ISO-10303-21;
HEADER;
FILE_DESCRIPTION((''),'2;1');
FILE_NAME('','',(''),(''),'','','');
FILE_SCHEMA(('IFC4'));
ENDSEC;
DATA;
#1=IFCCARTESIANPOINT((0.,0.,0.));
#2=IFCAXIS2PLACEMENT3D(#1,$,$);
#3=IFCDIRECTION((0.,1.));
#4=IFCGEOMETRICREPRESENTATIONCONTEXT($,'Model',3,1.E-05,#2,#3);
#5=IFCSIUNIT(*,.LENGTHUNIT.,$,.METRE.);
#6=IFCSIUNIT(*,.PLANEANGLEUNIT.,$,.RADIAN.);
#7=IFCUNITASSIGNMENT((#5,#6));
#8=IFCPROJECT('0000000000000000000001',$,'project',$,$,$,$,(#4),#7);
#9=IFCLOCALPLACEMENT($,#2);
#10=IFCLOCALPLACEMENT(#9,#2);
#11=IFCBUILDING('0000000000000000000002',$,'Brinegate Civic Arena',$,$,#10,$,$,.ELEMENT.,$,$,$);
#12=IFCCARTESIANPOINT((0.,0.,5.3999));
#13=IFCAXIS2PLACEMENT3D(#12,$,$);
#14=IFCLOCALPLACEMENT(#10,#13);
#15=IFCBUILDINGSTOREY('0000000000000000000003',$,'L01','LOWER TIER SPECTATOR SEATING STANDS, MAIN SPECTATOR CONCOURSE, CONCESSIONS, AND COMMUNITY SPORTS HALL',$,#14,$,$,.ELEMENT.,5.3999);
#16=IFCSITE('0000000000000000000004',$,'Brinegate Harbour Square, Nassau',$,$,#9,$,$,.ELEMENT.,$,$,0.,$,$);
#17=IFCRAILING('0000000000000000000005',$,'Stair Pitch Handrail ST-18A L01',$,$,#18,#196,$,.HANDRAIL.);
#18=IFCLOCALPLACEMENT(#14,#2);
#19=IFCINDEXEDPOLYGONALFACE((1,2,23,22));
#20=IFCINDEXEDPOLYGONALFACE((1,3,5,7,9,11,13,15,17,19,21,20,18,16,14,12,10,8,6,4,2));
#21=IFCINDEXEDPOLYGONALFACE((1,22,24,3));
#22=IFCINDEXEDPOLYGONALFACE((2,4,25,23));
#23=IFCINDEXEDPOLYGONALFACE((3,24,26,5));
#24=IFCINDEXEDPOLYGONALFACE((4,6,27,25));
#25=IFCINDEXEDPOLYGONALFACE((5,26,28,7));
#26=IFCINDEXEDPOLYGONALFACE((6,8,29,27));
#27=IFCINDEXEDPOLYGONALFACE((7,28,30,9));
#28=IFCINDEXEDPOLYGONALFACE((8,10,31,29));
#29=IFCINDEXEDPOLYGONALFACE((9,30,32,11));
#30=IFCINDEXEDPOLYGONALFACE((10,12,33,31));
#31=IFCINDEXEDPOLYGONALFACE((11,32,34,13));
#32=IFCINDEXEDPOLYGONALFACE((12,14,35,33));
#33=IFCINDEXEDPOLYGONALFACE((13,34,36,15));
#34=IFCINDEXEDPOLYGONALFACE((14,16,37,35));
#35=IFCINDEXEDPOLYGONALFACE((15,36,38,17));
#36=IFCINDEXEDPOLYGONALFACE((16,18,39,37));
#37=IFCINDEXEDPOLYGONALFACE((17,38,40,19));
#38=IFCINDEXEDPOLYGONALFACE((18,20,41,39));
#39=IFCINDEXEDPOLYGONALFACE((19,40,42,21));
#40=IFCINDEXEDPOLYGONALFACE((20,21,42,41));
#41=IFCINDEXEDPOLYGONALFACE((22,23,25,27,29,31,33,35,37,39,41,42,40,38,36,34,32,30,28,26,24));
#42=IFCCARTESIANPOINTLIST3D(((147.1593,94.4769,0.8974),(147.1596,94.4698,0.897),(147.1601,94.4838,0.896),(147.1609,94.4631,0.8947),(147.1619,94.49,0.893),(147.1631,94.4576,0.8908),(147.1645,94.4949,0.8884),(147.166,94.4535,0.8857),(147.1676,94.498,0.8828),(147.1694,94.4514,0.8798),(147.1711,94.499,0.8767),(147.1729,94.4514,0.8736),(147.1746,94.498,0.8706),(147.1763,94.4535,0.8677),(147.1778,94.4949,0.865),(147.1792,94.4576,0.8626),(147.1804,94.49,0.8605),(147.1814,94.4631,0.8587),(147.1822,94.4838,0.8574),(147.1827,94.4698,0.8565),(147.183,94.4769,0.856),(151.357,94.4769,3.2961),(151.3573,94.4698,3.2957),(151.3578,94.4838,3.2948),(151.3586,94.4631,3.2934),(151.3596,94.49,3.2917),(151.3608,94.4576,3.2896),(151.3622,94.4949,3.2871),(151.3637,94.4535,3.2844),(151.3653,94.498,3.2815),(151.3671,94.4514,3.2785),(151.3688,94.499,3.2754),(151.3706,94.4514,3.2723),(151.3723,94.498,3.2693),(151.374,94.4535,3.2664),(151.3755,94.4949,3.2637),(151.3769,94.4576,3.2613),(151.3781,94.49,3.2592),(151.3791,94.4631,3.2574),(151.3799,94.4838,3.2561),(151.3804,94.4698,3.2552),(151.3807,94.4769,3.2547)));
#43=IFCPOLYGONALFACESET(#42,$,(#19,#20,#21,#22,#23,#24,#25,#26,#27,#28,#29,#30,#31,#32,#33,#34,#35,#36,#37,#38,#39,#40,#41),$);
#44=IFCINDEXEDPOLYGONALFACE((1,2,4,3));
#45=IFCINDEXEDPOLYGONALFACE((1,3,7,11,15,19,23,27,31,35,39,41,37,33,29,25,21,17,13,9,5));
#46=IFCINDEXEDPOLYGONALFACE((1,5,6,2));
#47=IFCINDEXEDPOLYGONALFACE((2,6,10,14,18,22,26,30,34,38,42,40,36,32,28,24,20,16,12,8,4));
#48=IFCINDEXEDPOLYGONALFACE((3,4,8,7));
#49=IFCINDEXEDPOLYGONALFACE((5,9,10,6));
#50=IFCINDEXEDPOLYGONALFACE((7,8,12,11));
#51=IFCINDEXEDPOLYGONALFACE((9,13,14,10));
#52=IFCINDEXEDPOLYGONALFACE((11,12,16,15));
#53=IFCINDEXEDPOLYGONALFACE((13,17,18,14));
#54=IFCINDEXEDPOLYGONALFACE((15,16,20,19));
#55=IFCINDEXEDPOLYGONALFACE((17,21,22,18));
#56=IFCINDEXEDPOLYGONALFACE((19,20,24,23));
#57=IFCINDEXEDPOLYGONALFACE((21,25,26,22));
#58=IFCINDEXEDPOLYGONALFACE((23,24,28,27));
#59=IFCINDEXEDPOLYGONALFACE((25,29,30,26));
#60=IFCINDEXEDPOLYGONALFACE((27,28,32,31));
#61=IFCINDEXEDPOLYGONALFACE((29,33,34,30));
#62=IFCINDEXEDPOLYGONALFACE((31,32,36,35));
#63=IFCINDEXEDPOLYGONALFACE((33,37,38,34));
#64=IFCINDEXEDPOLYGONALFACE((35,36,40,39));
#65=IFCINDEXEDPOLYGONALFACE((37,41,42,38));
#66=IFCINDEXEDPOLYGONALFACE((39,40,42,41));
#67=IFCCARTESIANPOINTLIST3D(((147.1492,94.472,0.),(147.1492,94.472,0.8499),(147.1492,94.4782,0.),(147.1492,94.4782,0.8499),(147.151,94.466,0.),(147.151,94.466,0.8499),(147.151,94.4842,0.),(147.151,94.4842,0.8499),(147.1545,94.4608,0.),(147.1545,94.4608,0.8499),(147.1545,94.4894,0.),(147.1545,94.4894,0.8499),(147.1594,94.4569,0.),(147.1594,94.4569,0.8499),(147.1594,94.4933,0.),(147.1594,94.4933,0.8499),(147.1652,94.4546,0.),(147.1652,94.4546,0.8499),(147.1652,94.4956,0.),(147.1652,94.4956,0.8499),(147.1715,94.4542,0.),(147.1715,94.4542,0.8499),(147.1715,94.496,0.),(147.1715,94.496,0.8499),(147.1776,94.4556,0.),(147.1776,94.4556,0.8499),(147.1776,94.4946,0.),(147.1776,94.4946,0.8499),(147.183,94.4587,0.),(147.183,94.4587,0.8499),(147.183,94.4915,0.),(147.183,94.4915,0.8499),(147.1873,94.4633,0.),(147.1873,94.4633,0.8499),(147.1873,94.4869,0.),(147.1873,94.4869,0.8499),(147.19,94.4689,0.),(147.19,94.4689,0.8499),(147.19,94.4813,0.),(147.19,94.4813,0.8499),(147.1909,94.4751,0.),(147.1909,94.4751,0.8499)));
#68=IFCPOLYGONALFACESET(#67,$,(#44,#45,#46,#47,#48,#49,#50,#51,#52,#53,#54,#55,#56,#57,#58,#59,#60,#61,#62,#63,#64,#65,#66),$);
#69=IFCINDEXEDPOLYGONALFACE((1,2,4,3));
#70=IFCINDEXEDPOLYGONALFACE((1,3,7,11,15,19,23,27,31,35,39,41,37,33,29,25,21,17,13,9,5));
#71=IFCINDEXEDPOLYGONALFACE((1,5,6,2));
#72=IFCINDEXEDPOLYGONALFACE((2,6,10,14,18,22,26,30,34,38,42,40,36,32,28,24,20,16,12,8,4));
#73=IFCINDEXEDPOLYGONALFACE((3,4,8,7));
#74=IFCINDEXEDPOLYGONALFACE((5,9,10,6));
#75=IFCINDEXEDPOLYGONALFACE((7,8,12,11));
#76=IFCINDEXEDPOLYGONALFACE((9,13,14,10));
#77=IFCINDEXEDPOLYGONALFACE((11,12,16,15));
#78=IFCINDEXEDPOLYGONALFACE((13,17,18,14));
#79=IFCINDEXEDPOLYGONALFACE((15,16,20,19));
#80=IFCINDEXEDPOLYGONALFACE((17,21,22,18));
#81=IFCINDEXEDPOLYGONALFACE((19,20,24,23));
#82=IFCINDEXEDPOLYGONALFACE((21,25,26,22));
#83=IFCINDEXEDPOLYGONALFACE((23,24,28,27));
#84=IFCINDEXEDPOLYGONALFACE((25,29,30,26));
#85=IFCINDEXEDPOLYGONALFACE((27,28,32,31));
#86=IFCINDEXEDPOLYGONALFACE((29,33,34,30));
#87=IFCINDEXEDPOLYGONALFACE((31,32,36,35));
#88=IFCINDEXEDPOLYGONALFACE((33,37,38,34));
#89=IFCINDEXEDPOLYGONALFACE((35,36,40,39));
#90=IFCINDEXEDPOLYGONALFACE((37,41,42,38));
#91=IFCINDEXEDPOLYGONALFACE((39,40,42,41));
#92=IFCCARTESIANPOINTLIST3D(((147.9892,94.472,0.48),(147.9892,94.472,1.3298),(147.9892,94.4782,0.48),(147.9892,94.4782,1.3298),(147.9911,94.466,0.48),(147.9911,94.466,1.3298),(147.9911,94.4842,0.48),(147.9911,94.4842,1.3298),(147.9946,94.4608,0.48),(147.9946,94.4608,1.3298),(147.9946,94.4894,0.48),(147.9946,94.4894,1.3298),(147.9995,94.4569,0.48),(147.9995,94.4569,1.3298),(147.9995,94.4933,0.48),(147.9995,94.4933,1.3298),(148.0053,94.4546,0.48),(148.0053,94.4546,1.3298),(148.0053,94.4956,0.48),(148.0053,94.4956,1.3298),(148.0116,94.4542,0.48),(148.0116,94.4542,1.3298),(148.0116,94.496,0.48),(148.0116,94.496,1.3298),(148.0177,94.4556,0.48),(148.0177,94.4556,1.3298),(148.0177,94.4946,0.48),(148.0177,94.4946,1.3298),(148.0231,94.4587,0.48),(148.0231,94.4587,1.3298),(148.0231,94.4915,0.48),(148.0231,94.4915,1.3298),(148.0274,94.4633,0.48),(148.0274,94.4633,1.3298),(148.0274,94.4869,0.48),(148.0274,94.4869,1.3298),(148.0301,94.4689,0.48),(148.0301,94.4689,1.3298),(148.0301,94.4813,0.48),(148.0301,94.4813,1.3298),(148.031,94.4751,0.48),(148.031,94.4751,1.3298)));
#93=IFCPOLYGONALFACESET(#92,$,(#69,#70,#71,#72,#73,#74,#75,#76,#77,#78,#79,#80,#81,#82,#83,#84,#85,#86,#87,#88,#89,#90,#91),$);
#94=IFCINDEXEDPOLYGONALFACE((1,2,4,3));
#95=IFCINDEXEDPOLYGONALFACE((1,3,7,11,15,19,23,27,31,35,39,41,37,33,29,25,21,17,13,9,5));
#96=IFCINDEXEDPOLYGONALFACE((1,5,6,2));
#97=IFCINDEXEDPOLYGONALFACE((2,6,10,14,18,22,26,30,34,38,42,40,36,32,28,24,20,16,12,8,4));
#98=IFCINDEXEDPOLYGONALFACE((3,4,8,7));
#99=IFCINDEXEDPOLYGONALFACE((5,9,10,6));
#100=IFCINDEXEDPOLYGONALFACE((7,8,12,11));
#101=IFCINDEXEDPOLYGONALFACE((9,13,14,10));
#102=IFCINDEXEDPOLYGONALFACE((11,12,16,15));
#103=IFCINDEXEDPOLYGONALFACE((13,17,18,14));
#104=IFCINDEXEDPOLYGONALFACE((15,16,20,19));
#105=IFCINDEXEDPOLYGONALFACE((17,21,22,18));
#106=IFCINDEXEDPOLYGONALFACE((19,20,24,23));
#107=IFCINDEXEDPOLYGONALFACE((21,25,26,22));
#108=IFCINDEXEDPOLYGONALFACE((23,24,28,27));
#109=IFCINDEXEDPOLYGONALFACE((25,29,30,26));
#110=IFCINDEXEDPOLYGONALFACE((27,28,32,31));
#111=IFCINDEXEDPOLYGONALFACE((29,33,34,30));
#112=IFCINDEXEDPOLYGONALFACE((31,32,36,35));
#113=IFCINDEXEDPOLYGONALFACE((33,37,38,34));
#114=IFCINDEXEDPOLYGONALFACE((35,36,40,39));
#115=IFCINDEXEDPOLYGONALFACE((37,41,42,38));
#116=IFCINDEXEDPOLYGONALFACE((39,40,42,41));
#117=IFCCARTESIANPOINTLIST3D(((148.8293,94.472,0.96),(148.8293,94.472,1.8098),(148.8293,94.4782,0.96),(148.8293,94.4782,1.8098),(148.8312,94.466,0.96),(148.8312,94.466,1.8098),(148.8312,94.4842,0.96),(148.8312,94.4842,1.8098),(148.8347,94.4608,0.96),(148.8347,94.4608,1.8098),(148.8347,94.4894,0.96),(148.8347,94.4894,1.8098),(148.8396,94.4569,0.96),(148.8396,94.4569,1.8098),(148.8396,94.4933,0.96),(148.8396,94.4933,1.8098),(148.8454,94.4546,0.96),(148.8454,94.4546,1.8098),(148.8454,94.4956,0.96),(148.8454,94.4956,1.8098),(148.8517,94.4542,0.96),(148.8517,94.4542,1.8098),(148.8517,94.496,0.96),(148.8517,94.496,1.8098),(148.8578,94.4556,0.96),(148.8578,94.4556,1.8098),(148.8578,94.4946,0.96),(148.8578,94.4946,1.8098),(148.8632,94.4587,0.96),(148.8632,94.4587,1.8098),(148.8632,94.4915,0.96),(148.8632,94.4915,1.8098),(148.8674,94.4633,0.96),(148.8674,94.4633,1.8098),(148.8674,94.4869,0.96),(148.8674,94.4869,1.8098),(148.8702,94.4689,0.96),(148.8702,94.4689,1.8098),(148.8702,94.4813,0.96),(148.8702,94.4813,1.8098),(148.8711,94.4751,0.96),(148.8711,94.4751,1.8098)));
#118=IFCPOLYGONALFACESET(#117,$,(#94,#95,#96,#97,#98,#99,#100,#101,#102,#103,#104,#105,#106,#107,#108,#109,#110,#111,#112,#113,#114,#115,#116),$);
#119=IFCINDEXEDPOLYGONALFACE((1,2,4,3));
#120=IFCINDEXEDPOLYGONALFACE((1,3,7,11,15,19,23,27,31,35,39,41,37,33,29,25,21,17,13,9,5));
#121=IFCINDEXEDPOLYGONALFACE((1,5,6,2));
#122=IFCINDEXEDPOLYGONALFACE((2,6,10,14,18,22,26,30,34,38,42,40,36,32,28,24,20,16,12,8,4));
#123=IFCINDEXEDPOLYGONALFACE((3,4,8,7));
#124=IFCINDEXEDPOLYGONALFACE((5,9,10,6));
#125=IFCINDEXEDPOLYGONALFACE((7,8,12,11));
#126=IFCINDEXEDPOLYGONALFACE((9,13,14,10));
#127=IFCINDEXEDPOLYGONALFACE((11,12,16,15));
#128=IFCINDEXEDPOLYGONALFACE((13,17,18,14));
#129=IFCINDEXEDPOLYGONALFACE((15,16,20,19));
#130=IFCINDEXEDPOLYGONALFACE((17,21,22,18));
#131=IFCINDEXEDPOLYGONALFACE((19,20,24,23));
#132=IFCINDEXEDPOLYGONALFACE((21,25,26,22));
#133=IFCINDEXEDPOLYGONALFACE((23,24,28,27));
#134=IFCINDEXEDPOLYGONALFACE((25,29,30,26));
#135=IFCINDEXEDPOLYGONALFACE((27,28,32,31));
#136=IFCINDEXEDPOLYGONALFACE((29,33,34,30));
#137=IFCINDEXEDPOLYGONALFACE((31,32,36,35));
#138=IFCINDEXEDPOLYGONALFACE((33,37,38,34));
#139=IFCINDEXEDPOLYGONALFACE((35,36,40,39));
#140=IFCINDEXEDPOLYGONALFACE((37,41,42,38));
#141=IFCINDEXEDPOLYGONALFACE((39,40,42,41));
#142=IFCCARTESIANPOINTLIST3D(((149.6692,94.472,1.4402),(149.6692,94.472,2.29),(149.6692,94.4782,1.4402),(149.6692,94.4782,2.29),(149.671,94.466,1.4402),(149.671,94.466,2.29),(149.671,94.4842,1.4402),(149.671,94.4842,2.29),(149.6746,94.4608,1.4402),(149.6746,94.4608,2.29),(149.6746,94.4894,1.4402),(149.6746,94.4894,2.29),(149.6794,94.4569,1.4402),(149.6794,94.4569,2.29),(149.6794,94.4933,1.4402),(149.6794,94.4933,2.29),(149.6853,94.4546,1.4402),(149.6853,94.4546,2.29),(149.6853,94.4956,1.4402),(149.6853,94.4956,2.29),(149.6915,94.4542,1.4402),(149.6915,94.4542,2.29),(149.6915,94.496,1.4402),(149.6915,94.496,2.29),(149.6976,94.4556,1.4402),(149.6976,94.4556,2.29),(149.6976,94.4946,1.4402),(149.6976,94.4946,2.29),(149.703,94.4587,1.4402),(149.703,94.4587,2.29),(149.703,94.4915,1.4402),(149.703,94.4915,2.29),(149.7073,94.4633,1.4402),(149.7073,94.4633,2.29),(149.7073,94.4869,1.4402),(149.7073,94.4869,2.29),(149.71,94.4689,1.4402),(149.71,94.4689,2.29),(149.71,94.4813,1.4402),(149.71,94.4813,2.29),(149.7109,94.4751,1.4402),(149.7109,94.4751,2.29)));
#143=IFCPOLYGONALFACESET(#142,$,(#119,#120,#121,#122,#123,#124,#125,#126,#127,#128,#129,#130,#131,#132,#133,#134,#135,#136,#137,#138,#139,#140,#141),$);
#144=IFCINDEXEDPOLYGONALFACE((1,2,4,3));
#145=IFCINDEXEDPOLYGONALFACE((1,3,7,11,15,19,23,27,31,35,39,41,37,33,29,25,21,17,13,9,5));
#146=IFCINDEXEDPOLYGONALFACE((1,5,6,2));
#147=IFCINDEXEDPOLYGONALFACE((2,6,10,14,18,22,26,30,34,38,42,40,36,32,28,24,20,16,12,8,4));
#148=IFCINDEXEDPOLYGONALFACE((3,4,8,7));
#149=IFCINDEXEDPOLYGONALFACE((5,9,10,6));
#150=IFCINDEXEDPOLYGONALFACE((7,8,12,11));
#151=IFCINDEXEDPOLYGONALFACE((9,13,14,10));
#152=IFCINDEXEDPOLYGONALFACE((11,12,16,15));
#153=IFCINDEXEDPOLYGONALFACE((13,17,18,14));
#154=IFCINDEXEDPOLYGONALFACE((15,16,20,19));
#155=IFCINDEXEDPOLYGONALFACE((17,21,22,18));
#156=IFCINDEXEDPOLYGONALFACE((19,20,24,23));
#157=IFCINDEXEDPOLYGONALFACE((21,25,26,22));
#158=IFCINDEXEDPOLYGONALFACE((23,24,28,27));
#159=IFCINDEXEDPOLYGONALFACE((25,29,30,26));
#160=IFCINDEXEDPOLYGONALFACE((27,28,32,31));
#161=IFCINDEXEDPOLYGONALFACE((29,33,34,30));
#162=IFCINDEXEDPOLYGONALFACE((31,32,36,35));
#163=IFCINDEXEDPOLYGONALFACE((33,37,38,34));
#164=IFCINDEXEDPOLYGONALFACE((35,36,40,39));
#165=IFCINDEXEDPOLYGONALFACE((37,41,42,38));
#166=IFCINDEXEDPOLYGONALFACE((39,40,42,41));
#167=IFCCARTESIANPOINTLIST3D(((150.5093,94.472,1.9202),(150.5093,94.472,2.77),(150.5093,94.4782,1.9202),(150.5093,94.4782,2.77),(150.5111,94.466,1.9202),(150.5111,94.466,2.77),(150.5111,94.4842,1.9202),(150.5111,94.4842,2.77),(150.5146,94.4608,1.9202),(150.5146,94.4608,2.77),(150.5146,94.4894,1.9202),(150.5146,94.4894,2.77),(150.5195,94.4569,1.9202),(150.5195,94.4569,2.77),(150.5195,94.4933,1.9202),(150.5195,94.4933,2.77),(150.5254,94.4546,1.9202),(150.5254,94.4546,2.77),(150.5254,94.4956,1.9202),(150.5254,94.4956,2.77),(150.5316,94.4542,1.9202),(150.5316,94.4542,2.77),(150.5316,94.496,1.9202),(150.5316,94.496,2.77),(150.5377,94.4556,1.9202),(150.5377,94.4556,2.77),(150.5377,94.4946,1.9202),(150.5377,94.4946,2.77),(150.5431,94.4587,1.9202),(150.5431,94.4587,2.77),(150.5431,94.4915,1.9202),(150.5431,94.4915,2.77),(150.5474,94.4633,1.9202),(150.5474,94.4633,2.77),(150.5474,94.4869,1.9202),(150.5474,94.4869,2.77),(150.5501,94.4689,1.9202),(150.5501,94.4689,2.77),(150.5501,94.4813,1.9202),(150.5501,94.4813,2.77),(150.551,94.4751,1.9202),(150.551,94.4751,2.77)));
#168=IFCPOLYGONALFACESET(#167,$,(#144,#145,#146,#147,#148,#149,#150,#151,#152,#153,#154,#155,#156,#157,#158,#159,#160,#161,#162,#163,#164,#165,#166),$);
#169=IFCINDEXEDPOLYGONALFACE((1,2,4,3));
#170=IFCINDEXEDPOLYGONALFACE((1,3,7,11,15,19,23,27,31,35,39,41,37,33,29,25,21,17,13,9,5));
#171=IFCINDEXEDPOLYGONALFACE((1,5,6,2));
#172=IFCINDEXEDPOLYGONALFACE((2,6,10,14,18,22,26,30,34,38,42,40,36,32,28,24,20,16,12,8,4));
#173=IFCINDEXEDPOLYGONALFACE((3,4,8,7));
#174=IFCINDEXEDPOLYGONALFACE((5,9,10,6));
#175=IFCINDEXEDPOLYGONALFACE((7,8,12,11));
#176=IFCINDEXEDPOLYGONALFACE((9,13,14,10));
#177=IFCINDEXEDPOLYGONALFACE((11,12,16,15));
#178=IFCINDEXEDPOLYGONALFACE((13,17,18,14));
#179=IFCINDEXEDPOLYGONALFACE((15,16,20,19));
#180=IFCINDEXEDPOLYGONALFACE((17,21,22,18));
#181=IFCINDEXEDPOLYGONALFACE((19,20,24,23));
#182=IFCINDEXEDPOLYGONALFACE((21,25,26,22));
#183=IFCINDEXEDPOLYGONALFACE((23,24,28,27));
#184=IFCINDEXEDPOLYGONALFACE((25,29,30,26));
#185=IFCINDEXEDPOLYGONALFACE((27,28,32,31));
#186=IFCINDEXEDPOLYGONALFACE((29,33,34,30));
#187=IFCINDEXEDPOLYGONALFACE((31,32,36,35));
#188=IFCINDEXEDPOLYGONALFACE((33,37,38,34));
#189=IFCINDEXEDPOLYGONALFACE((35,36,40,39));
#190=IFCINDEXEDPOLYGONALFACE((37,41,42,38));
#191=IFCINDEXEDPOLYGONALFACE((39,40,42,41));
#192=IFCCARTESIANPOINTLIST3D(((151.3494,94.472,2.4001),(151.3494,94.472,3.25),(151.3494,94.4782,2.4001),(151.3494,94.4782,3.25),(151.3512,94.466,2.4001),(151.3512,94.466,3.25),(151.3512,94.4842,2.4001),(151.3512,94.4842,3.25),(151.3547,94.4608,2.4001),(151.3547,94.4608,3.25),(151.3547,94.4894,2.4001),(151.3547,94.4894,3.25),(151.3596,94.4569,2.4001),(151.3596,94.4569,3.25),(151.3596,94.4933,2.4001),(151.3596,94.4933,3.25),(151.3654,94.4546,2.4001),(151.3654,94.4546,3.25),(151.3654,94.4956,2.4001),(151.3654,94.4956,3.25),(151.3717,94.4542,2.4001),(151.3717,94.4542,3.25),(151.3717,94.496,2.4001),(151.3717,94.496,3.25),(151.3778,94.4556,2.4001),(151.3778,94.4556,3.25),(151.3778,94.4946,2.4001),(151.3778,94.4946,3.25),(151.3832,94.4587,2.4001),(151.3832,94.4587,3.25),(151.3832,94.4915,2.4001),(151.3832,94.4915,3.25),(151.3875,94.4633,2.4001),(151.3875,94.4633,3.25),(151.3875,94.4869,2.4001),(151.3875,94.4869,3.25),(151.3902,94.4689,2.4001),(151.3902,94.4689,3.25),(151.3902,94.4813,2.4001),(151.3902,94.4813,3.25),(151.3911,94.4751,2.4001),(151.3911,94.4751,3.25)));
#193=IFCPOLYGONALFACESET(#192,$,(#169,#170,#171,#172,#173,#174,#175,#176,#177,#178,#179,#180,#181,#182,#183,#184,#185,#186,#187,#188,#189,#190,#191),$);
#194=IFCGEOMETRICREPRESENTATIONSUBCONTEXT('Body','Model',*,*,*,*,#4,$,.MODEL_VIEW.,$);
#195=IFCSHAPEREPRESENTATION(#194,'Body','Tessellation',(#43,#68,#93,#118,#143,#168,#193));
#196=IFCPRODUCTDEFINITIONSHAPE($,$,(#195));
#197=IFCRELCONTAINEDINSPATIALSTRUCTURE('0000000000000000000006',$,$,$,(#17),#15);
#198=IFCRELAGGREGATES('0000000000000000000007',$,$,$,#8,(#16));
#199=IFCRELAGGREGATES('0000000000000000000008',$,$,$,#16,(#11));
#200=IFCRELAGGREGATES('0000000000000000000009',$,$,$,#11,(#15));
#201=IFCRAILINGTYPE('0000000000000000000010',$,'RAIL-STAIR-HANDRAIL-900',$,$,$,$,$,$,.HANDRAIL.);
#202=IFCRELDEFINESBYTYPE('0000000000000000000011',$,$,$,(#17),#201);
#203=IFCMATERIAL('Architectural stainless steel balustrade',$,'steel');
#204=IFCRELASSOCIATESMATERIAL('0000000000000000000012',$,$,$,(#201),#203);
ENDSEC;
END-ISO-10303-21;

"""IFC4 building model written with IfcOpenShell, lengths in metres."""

from ifc_helpers import new_model, si_unit, direction, frame, origin, origin_2d, place, context, subcontext, project, spatial, circle, extrude, material, type_object, element, save


model = new_model("IFC4")

# Units and contexts
model_context = context("Model", 3, precision=1e-05, world=origin(), true_north=direction((0.0, 1.0)))
body_context = subcontext(model_context, "Body", "Model", "MODEL_VIEW")
ifc_project = project(units=[si_unit("LENGTHUNIT", "METRE"), si_unit("PLANEANGLEUNIT", "RADIAN")], contexts=[model_context])

# Site, building, storey
site_placement = place(None, origin())
site = spatial("IfcSite", under=ifc_project, at=site_placement, Name="Brinegate Harbour Square, Nassau", CompositionType="ELEMENT", RefElevation=0.0)
building_placement = place(site_placement, origin())
building = spatial("IfcBuilding", under=site, at=building_placement, Name="Brinegate Civic Arena", CompositionType="ELEMENT")
storey_placement = place(building_placement, frame((0.0, 0.0, 5.3999)))
storey = spatial("IfcBuildingStorey", under=building, at=storey_placement, Name="L01", Description="LOWER TIER SPECTATOR SEATING STANDS, MAIN SPECTATOR CONCOURSE, CONCESSIONS, AND COMMUNITY SPORTS HALL", CompositionType="ELEMENT", Elevation=5.3999)

# Railing
ifc_material_1 = material(Name="Architectural stainless steel balustrade", Category="steel")
railing_type_1 = type_object("IfcRailingType", Name="RAIL-STAIR-HANDRAIL-900", PredefinedType="HANDRAIL", material=ifc_material_1)
for number, where, name in (
    (1, (147.1699, 94.4751, 0.0), "Stair Pitch Handrail ST-18A L01"),
):
    element("IfcRailing", number, at=place(storey_placement, frame(where)), inside=storey, type_object=railing_type_1, Name=name, PredefinedType="HANDRAIL", context=body_context, shape_type="SweptSolid", body=[
        extrude(circle(Radius=0.0239, at=origin_2d()), frame((0.0012, 0.0, 0.8767), z_axis=(0.86824, 0.0, 0.496144), x_axis=(0.0, 1.0, 0.0)), (0.0, 0.0, 1.0), 4.8347),
        extrude(circle(Radius=0.021, at=origin_2d()), origin(), (0.0, 0.0, 1.0), 0.8499),
        extrude(circle(Radius=0.021, at=origin_2d()), frame((0.8401, 0.0, 0.48)), (0.0, 0.0, 1.0), 0.8499),
        extrude(circle(Radius=0.021, at=origin_2d()), frame((1.6802, 0.0, 0.96)), (0.0, 0.0, 1.0), 0.8499),
        extrude(circle(Radius=0.021, at=origin_2d()), frame((2.52, 0.0, 1.4402)), (0.0, 0.0, 1.0), 0.8499),
        extrude(circle(Radius=0.021, at=origin_2d()), frame((3.3601, 0.0, 1.9202)), (0.0, 0.0, 1.0), 0.8499),
        extrude(circle(Radius=0.021, at=origin_2d()), frame((4.2002, 0.0, 2.4001)), (0.0, 0.0, 1.0), 0.8499),
    ])

save(model, "model.ifc")
